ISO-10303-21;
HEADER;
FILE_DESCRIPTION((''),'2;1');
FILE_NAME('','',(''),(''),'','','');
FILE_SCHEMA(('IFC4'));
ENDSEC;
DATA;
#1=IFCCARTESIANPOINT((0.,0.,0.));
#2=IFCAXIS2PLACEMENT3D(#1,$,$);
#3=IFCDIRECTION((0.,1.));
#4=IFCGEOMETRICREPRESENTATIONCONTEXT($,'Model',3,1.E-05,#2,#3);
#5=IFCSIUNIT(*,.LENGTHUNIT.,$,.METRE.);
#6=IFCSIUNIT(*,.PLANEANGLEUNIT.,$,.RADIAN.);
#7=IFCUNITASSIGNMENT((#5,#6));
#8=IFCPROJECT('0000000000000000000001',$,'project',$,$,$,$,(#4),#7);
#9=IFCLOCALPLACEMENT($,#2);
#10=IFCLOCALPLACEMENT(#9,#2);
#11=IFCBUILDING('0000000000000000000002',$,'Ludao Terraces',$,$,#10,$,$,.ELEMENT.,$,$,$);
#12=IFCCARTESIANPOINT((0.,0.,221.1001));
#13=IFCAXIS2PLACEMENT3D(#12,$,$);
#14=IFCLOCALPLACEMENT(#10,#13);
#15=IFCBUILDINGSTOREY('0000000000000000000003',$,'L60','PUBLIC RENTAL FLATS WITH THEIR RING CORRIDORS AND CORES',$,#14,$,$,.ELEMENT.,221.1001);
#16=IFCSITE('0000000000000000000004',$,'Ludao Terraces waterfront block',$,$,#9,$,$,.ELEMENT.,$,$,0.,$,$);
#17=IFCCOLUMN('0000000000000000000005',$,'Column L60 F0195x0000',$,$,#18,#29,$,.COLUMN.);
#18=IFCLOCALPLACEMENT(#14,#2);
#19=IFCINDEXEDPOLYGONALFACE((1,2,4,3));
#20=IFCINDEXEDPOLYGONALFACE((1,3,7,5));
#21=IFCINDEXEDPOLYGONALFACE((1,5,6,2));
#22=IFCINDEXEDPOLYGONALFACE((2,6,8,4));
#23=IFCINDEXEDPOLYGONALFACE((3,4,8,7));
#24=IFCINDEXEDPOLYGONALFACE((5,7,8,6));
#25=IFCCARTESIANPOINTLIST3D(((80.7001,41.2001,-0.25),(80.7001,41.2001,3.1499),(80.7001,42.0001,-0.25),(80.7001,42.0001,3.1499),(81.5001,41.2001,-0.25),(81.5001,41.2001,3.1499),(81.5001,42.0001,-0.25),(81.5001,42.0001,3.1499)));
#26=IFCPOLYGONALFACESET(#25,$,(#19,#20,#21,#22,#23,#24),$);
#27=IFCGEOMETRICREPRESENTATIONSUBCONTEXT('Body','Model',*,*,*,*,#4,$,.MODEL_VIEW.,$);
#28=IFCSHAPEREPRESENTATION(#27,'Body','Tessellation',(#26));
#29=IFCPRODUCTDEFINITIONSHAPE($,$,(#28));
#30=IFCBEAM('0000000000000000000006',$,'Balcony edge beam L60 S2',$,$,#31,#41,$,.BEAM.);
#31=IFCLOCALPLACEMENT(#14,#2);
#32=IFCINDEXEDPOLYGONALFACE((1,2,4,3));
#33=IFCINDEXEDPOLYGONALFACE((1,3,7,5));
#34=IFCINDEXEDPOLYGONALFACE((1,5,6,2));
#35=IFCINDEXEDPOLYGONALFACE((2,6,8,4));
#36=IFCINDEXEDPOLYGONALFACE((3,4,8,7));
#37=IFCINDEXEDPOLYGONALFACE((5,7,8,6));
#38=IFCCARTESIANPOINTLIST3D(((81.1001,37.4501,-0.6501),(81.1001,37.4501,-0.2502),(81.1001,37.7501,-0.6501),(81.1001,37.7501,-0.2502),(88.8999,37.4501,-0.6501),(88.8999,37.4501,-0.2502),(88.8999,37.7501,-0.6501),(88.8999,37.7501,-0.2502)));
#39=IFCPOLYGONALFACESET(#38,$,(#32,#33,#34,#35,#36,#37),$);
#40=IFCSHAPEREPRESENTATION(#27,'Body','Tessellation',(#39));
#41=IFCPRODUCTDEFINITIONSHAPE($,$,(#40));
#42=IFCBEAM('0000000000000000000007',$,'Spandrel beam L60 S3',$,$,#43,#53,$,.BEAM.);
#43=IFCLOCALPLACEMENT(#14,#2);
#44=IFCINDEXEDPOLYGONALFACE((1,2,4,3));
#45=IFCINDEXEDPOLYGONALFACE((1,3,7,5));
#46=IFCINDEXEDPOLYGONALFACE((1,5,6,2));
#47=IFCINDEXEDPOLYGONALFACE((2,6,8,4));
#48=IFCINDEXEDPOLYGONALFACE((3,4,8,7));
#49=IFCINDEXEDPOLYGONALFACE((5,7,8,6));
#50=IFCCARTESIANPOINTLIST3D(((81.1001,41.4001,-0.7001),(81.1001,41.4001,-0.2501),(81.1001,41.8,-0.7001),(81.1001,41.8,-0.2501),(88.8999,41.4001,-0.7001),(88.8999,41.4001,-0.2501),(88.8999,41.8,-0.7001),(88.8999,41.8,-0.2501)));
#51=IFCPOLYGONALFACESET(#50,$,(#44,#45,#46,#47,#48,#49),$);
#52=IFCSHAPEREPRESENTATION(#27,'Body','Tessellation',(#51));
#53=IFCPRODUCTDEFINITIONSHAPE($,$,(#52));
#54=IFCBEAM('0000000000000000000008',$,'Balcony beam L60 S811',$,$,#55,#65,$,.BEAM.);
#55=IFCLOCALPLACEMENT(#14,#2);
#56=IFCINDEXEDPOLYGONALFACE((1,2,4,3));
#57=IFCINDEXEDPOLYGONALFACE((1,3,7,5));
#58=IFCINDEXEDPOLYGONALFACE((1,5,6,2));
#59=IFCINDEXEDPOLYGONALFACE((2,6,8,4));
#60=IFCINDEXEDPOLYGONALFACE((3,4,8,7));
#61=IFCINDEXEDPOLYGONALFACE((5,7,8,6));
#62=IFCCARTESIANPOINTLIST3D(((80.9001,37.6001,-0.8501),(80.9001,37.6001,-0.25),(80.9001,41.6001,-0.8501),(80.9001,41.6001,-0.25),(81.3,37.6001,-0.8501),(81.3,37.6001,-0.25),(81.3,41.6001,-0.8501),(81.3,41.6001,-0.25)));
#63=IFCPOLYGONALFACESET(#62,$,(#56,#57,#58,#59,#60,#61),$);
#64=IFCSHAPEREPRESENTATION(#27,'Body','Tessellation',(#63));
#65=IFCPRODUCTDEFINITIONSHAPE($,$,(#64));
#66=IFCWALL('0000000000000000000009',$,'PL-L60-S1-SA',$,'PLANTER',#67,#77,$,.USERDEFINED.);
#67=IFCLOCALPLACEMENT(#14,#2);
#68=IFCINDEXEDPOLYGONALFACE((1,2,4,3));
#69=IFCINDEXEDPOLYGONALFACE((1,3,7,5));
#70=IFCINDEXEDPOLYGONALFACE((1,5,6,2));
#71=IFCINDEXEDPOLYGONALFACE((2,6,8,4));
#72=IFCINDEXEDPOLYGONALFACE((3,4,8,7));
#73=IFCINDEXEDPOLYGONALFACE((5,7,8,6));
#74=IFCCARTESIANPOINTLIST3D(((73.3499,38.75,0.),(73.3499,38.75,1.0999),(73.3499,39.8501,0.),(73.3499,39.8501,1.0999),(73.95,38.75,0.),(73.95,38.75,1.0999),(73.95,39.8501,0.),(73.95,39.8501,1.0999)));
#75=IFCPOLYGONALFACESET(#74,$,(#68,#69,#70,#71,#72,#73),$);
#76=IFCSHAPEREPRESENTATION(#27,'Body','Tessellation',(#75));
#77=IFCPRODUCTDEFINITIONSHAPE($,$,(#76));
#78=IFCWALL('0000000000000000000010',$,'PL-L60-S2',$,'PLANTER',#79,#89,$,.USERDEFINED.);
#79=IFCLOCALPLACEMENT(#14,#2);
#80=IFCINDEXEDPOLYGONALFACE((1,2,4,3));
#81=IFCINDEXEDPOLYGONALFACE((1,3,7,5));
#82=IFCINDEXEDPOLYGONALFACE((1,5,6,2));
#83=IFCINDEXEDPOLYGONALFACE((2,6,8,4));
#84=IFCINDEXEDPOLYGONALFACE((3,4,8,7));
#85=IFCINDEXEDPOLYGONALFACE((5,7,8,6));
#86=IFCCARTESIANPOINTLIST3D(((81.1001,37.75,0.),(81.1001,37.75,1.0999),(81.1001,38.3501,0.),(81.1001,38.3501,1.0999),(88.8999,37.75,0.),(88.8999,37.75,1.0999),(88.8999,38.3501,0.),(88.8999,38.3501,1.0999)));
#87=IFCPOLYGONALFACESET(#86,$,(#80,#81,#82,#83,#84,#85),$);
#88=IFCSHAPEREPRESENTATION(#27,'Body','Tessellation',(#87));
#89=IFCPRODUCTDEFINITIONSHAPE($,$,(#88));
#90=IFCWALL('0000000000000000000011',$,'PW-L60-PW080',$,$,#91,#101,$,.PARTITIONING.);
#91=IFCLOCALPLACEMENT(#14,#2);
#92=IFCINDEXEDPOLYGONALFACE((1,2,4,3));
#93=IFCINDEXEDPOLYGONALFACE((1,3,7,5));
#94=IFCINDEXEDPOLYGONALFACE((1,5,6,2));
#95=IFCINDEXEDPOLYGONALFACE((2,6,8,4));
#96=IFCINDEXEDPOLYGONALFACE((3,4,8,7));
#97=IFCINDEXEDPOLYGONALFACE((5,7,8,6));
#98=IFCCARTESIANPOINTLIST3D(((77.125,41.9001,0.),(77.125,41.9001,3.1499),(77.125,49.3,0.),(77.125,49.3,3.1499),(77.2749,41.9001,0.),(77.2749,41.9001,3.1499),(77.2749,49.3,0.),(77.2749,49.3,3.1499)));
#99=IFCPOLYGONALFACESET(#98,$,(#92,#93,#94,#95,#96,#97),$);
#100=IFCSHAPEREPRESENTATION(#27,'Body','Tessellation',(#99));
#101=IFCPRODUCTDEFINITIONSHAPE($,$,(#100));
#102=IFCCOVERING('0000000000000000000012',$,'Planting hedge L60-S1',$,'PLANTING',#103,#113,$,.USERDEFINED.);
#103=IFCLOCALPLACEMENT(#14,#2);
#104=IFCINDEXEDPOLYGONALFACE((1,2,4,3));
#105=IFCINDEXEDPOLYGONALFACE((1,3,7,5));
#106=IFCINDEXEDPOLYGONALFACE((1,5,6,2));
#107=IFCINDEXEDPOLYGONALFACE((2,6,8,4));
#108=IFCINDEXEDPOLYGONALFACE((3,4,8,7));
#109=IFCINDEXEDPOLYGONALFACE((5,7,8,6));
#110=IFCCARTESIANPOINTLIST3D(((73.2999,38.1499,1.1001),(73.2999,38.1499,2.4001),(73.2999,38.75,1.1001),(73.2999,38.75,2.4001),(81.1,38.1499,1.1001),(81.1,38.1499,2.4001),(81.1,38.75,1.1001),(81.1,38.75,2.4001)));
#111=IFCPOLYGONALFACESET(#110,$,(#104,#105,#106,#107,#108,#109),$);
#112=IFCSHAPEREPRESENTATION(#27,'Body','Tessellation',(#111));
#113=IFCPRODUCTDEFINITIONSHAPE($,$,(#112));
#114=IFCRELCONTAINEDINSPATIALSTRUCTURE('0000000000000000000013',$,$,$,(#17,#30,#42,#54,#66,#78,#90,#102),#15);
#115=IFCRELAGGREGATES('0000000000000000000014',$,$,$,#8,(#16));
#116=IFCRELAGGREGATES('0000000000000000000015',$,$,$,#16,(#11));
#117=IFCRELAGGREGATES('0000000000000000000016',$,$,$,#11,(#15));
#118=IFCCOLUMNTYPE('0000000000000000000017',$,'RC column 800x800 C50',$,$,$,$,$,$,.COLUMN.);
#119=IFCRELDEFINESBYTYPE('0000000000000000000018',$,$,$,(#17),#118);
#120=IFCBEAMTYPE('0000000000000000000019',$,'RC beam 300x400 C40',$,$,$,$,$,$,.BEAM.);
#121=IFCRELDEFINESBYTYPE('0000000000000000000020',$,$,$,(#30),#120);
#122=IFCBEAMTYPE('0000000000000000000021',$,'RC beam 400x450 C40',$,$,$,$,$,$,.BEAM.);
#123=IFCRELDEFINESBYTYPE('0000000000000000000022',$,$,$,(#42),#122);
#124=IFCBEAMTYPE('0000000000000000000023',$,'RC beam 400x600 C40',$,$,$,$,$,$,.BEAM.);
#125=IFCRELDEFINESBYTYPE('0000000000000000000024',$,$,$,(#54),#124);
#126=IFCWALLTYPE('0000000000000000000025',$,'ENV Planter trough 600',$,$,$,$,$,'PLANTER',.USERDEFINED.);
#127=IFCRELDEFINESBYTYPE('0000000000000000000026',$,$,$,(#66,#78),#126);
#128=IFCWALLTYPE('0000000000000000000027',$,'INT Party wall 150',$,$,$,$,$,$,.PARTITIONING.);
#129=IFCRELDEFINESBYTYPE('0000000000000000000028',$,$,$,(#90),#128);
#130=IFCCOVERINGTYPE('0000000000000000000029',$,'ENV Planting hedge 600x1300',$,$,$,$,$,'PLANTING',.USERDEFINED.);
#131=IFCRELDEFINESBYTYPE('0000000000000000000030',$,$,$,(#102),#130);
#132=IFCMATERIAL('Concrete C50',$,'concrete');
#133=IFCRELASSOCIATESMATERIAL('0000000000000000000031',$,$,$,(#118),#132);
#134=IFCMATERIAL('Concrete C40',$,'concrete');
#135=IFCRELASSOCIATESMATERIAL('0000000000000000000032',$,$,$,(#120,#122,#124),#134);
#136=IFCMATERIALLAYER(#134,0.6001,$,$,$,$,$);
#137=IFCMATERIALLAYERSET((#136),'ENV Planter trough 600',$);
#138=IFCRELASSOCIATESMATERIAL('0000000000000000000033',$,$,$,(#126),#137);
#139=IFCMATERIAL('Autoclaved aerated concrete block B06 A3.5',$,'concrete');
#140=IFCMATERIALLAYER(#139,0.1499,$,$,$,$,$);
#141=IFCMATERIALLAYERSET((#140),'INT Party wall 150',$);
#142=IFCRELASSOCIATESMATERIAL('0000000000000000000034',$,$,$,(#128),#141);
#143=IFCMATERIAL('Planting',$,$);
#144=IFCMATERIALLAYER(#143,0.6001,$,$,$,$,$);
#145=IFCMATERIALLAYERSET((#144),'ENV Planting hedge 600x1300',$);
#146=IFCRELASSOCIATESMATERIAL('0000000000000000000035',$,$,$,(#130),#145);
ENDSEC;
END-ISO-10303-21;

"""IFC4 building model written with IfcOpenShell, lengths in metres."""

from ifc_helpers import new_model, si_unit, direction, frame, frame_2d, origin, origin_2d, place, context, subcontext, project, spatial, rectangle, extrude, material, layer, layer_set, material_profile, profile_set, type_object, element, save


model = new_model("IFC4")

# Units and contexts
model_context = context("Model", 3, precision=1e-05, world=origin(), true_north=direction((0.0, 1.0)))
body_context = subcontext(model_context, "Body", "Model", "MODEL_VIEW")
ifc_project = project(units=[si_unit("LENGTHUNIT", "METRE"), si_unit("PLANEANGLEUNIT", "RADIAN")], contexts=[model_context])

# Site, building, storey
site_placement = place(None, origin())
site = spatial("IfcSite", under=ifc_project, at=site_placement, Name="Ludao Terraces waterfront block", CompositionType="ELEMENT", RefElevation=0.0)
building_placement = place(site_placement, origin())
building = spatial("IfcBuilding", under=site, at=building_placement, Name="Ludao Terraces", CompositionType="ELEMENT")
storey_placement = place(building_placement, frame((0.0, 0.0, 221.1001)))
storey = spatial("IfcBuildingStorey", under=building, at=storey_placement, Name="L60", Description="PUBLIC RENTAL FLATS WITH THEIR RING CORRIDORS AND CORES", CompositionType="ELEMENT", Elevation=221.1001)

# Column
ifc_material_1 = material(Name="Concrete C50", Category="concrete")
ifc_material_profile_1 = material_profile(ifc_material_1, rectangle(XDim=0.8, YDim=0.8, at=origin_2d()), Name="800 X 800")
ifc_profile_set_1 = profile_set([ifc_material_profile_1], Name="Concrete C50")
column_type = type_object("IfcColumnType", Name="RC column 800x800 C50", PredefinedType="COLUMN", material=ifc_profile_set_1)
column_placement = place(storey_placement, frame((81.1001, 41.6001, -0.25), z_axis=(0.0, 0.0, 1.0), x_axis=(1.0, 0.0, 0.0)))
element("IfcColumn", 1, at=column_placement, inside=storey, type_object=column_type, Name="Column L60 F0195x0000", PredefinedType="COLUMN", context=body_context, shape_type="SweptSolid", body=[
    extrude(rectangle(XDim=0.8, YDim=0.8, at=origin_2d()), origin(), (0.0, 0.0, 1.0), 3.3999),
])

# Beams
ifc_material_2 = material(Name="Concrete C40", Category="concrete")
ifc_material_profile_2 = material_profile(ifc_material_2, rectangle(XDim=0.3, YDim=0.3999, at=origin_2d()), Name="300 X 400")
ifc_profile_set_2 = profile_set([ifc_material_profile_2], Name="Concrete C40")
beam_type_1 = type_object("IfcBeamType", Name="RC beam 300x400 C40", PredefinedType="BEAM", material=ifc_profile_set_2)
beam_1_placement = place(storey_placement, frame((81.1001, 37.6001, -0.4502), z_axis=(1.0, 0.0, 0.0), x_axis=(0.0, 1.0, 0.0)))
element("IfcBeam", 2, at=beam_1_placement, inside=storey, type_object=beam_type_1, Name="Balcony edge beam L60 S2", PredefinedType="BEAM", context=body_context, shape_type="SweptSolid", body=[
    extrude(rectangle(XDim=0.3, YDim=0.3999, at=origin_2d()), origin(), (0.0, 0.0, 1.0), 7.7998),
])
ifc_material_profile_3 = material_profile(ifc_material_2, rectangle(XDim=0.3999, YDim=0.45, at=origin_2d()), Name="400 X 450")
ifc_profile_set_3 = profile_set([ifc_material_profile_3], Name="Concrete C40")
beam_type_2 = type_object("IfcBeamType", Name="RC beam 400x450 C40", PredefinedType="BEAM", material=ifc_profile_set_3)
beam_2_placement = place(storey_placement, frame((81.1001, 41.6001, -0.4751), z_axis=(1.0, 0.0, 0.0), x_axis=(0.0, 1.0, 0.0)))
element("IfcBeam", 3, at=beam_2_placement, inside=storey, type_object=beam_type_2, Name="Spandrel beam L60 S3", PredefinedType="BEAM", context=body_context, shape_type="SweptSolid", body=[
    extrude(rectangle(XDim=0.3999, YDim=0.45, at=origin_2d()), origin(), (0.0, 0.0, 1.0), 7.7998),
])
ifc_material_profile_4 = material_profile(ifc_material_2, rectangle(XDim=0.3999, YDim=0.6001, at=origin_2d()), Name="400 X 600")
ifc_profile_set_4 = profile_set([ifc_material_profile_4], Name="Concrete C40")
beam_type_3 = type_object("IfcBeamType", Name="RC beam 400x600 C40", PredefinedType="BEAM", material=ifc_profile_set_4)
beam_3_placement = place(storey_placement, frame((81.1001, 41.6001, -0.55), z_axis=(0.0, -1.0, 0.0), x_axis=(1.0, 0.0, 0.0)))
element("IfcBeam", 4, at=beam_3_placement, inside=storey, type_object=beam_type_3, Name="Balcony beam L60 S811", PredefinedType="BEAM", context=body_context, shape_type="SweptSolid", body=[
    extrude(rectangle(XDim=0.3999, YDim=0.6001, at=origin_2d()), origin(), (0.0, 0.0, 1.0), 4.0),
])

# Walls
ifc_layer_1 = layer(ifc_material_2, 0.6001)
ifc_layer_set_1 = layer_set([ifc_layer_1], Name="ENV Planter trough 600")
wall_type_1 = type_object("IfcWallType", Name="ENV Planter trough 600", ElementType="PLANTER", PredefinedType="USERDEFINED", material=ifc_layer_set_1)
wall_1_placement = place(storey_placement, frame((73.6499, 38.75, 0.0), z_axis=(0.0, 0.0, 1.0), x_axis=(0.0, 1.0, 0.0)))
element("IfcWall", 5, at=wall_1_placement, inside=storey, type_object=wall_type_1, Name="PL-L60-S1-SA", ObjectType="PLANTER", PredefinedType="USERDEFINED", context=body_context, shape_type="SweptSolid", body=[
    extrude(rectangle(XDim=1.1001, YDim=0.6001, at=frame_2d((0.55, 0.0))), origin(), (0.0, 0.0, 1.0), 1.0999),
])
wall_2_placement = place(storey_placement, frame((81.1001, 38.05, 0.0), z_axis=(0.0, 0.0, 1.0), x_axis=(1.0, 0.0, 0.0)))
element("IfcWall", 6, at=wall_2_placement, inside=storey, type_object=wall_type_1, Name="PL-L60-S2", ObjectType="PLANTER", PredefinedType="USERDEFINED", context=body_context, shape_type="SweptSolid", body=[
    extrude(rectangle(XDim=7.7998, YDim=0.6001, at=frame_2d((3.8999, 0.0))), origin(), (0.0, 0.0, 1.0), 1.0999),
])

# Wall
ifc_material_3 = material(Name="Autoclaved aerated concrete block B06 A3.5", Category="concrete")
ifc_layer_2 = layer(ifc_material_3, 0.1499)
ifc_layer_set_2 = layer_set([ifc_layer_2], Name="INT Party wall 150")
wall_type_2 = type_object("IfcWallType", Name="INT Party wall 150", PredefinedType="PARTITIONING", material=ifc_layer_set_2)
wall_3_placement = place(storey_placement, frame((77.2, 41.9001, 0.0), z_axis=(0.0, 0.0, 1.0), x_axis=(0.0, 1.0, 0.0)))
element("IfcWall", 7, at=wall_3_placement, inside=storey, type_object=wall_type_2, Name="PW-L60-PW080", PredefinedType="PARTITIONING", context=body_context, shape_type="SweptSolid", body=[
    extrude(rectangle(XDim=7.3999, YDim=0.1499, at=frame_2d((3.7, 0.0))), origin(), (0.0, 0.0, 1.0), 3.1499),
])

# Covering
ifc_material_4 = material(Name="Planting")
ifc_layer_3 = layer(ifc_material_4, 0.6001)
ifc_layer_set_3 = layer_set([ifc_layer_3], Name="ENV Planting hedge 600x1300")
covering_type = type_object("IfcCoveringType", Name="ENV Planting hedge 600x1300", ElementType="PLANTING", PredefinedType="USERDEFINED", material=ifc_layer_set_3)
covering_placement = place(storey_placement, frame((77.2, 38.45, 1.1001), z_axis=(0.0, 0.0, 1.0), x_axis=(1.0, 0.0, 0.0)))
element("IfcCovering", 8, at=covering_placement, inside=storey, type_object=covering_type, Name="Planting hedge L60-S1", ObjectType="PLANTING", PredefinedType="USERDEFINED", context=body_context, shape_type="SweptSolid", body=[
    extrude(rectangle(XDim=7.8, YDim=0.6001, at=origin_2d()), origin(), (0.0, 0.0, 1.0), 1.3),
])

save(model, "model.ifc")
